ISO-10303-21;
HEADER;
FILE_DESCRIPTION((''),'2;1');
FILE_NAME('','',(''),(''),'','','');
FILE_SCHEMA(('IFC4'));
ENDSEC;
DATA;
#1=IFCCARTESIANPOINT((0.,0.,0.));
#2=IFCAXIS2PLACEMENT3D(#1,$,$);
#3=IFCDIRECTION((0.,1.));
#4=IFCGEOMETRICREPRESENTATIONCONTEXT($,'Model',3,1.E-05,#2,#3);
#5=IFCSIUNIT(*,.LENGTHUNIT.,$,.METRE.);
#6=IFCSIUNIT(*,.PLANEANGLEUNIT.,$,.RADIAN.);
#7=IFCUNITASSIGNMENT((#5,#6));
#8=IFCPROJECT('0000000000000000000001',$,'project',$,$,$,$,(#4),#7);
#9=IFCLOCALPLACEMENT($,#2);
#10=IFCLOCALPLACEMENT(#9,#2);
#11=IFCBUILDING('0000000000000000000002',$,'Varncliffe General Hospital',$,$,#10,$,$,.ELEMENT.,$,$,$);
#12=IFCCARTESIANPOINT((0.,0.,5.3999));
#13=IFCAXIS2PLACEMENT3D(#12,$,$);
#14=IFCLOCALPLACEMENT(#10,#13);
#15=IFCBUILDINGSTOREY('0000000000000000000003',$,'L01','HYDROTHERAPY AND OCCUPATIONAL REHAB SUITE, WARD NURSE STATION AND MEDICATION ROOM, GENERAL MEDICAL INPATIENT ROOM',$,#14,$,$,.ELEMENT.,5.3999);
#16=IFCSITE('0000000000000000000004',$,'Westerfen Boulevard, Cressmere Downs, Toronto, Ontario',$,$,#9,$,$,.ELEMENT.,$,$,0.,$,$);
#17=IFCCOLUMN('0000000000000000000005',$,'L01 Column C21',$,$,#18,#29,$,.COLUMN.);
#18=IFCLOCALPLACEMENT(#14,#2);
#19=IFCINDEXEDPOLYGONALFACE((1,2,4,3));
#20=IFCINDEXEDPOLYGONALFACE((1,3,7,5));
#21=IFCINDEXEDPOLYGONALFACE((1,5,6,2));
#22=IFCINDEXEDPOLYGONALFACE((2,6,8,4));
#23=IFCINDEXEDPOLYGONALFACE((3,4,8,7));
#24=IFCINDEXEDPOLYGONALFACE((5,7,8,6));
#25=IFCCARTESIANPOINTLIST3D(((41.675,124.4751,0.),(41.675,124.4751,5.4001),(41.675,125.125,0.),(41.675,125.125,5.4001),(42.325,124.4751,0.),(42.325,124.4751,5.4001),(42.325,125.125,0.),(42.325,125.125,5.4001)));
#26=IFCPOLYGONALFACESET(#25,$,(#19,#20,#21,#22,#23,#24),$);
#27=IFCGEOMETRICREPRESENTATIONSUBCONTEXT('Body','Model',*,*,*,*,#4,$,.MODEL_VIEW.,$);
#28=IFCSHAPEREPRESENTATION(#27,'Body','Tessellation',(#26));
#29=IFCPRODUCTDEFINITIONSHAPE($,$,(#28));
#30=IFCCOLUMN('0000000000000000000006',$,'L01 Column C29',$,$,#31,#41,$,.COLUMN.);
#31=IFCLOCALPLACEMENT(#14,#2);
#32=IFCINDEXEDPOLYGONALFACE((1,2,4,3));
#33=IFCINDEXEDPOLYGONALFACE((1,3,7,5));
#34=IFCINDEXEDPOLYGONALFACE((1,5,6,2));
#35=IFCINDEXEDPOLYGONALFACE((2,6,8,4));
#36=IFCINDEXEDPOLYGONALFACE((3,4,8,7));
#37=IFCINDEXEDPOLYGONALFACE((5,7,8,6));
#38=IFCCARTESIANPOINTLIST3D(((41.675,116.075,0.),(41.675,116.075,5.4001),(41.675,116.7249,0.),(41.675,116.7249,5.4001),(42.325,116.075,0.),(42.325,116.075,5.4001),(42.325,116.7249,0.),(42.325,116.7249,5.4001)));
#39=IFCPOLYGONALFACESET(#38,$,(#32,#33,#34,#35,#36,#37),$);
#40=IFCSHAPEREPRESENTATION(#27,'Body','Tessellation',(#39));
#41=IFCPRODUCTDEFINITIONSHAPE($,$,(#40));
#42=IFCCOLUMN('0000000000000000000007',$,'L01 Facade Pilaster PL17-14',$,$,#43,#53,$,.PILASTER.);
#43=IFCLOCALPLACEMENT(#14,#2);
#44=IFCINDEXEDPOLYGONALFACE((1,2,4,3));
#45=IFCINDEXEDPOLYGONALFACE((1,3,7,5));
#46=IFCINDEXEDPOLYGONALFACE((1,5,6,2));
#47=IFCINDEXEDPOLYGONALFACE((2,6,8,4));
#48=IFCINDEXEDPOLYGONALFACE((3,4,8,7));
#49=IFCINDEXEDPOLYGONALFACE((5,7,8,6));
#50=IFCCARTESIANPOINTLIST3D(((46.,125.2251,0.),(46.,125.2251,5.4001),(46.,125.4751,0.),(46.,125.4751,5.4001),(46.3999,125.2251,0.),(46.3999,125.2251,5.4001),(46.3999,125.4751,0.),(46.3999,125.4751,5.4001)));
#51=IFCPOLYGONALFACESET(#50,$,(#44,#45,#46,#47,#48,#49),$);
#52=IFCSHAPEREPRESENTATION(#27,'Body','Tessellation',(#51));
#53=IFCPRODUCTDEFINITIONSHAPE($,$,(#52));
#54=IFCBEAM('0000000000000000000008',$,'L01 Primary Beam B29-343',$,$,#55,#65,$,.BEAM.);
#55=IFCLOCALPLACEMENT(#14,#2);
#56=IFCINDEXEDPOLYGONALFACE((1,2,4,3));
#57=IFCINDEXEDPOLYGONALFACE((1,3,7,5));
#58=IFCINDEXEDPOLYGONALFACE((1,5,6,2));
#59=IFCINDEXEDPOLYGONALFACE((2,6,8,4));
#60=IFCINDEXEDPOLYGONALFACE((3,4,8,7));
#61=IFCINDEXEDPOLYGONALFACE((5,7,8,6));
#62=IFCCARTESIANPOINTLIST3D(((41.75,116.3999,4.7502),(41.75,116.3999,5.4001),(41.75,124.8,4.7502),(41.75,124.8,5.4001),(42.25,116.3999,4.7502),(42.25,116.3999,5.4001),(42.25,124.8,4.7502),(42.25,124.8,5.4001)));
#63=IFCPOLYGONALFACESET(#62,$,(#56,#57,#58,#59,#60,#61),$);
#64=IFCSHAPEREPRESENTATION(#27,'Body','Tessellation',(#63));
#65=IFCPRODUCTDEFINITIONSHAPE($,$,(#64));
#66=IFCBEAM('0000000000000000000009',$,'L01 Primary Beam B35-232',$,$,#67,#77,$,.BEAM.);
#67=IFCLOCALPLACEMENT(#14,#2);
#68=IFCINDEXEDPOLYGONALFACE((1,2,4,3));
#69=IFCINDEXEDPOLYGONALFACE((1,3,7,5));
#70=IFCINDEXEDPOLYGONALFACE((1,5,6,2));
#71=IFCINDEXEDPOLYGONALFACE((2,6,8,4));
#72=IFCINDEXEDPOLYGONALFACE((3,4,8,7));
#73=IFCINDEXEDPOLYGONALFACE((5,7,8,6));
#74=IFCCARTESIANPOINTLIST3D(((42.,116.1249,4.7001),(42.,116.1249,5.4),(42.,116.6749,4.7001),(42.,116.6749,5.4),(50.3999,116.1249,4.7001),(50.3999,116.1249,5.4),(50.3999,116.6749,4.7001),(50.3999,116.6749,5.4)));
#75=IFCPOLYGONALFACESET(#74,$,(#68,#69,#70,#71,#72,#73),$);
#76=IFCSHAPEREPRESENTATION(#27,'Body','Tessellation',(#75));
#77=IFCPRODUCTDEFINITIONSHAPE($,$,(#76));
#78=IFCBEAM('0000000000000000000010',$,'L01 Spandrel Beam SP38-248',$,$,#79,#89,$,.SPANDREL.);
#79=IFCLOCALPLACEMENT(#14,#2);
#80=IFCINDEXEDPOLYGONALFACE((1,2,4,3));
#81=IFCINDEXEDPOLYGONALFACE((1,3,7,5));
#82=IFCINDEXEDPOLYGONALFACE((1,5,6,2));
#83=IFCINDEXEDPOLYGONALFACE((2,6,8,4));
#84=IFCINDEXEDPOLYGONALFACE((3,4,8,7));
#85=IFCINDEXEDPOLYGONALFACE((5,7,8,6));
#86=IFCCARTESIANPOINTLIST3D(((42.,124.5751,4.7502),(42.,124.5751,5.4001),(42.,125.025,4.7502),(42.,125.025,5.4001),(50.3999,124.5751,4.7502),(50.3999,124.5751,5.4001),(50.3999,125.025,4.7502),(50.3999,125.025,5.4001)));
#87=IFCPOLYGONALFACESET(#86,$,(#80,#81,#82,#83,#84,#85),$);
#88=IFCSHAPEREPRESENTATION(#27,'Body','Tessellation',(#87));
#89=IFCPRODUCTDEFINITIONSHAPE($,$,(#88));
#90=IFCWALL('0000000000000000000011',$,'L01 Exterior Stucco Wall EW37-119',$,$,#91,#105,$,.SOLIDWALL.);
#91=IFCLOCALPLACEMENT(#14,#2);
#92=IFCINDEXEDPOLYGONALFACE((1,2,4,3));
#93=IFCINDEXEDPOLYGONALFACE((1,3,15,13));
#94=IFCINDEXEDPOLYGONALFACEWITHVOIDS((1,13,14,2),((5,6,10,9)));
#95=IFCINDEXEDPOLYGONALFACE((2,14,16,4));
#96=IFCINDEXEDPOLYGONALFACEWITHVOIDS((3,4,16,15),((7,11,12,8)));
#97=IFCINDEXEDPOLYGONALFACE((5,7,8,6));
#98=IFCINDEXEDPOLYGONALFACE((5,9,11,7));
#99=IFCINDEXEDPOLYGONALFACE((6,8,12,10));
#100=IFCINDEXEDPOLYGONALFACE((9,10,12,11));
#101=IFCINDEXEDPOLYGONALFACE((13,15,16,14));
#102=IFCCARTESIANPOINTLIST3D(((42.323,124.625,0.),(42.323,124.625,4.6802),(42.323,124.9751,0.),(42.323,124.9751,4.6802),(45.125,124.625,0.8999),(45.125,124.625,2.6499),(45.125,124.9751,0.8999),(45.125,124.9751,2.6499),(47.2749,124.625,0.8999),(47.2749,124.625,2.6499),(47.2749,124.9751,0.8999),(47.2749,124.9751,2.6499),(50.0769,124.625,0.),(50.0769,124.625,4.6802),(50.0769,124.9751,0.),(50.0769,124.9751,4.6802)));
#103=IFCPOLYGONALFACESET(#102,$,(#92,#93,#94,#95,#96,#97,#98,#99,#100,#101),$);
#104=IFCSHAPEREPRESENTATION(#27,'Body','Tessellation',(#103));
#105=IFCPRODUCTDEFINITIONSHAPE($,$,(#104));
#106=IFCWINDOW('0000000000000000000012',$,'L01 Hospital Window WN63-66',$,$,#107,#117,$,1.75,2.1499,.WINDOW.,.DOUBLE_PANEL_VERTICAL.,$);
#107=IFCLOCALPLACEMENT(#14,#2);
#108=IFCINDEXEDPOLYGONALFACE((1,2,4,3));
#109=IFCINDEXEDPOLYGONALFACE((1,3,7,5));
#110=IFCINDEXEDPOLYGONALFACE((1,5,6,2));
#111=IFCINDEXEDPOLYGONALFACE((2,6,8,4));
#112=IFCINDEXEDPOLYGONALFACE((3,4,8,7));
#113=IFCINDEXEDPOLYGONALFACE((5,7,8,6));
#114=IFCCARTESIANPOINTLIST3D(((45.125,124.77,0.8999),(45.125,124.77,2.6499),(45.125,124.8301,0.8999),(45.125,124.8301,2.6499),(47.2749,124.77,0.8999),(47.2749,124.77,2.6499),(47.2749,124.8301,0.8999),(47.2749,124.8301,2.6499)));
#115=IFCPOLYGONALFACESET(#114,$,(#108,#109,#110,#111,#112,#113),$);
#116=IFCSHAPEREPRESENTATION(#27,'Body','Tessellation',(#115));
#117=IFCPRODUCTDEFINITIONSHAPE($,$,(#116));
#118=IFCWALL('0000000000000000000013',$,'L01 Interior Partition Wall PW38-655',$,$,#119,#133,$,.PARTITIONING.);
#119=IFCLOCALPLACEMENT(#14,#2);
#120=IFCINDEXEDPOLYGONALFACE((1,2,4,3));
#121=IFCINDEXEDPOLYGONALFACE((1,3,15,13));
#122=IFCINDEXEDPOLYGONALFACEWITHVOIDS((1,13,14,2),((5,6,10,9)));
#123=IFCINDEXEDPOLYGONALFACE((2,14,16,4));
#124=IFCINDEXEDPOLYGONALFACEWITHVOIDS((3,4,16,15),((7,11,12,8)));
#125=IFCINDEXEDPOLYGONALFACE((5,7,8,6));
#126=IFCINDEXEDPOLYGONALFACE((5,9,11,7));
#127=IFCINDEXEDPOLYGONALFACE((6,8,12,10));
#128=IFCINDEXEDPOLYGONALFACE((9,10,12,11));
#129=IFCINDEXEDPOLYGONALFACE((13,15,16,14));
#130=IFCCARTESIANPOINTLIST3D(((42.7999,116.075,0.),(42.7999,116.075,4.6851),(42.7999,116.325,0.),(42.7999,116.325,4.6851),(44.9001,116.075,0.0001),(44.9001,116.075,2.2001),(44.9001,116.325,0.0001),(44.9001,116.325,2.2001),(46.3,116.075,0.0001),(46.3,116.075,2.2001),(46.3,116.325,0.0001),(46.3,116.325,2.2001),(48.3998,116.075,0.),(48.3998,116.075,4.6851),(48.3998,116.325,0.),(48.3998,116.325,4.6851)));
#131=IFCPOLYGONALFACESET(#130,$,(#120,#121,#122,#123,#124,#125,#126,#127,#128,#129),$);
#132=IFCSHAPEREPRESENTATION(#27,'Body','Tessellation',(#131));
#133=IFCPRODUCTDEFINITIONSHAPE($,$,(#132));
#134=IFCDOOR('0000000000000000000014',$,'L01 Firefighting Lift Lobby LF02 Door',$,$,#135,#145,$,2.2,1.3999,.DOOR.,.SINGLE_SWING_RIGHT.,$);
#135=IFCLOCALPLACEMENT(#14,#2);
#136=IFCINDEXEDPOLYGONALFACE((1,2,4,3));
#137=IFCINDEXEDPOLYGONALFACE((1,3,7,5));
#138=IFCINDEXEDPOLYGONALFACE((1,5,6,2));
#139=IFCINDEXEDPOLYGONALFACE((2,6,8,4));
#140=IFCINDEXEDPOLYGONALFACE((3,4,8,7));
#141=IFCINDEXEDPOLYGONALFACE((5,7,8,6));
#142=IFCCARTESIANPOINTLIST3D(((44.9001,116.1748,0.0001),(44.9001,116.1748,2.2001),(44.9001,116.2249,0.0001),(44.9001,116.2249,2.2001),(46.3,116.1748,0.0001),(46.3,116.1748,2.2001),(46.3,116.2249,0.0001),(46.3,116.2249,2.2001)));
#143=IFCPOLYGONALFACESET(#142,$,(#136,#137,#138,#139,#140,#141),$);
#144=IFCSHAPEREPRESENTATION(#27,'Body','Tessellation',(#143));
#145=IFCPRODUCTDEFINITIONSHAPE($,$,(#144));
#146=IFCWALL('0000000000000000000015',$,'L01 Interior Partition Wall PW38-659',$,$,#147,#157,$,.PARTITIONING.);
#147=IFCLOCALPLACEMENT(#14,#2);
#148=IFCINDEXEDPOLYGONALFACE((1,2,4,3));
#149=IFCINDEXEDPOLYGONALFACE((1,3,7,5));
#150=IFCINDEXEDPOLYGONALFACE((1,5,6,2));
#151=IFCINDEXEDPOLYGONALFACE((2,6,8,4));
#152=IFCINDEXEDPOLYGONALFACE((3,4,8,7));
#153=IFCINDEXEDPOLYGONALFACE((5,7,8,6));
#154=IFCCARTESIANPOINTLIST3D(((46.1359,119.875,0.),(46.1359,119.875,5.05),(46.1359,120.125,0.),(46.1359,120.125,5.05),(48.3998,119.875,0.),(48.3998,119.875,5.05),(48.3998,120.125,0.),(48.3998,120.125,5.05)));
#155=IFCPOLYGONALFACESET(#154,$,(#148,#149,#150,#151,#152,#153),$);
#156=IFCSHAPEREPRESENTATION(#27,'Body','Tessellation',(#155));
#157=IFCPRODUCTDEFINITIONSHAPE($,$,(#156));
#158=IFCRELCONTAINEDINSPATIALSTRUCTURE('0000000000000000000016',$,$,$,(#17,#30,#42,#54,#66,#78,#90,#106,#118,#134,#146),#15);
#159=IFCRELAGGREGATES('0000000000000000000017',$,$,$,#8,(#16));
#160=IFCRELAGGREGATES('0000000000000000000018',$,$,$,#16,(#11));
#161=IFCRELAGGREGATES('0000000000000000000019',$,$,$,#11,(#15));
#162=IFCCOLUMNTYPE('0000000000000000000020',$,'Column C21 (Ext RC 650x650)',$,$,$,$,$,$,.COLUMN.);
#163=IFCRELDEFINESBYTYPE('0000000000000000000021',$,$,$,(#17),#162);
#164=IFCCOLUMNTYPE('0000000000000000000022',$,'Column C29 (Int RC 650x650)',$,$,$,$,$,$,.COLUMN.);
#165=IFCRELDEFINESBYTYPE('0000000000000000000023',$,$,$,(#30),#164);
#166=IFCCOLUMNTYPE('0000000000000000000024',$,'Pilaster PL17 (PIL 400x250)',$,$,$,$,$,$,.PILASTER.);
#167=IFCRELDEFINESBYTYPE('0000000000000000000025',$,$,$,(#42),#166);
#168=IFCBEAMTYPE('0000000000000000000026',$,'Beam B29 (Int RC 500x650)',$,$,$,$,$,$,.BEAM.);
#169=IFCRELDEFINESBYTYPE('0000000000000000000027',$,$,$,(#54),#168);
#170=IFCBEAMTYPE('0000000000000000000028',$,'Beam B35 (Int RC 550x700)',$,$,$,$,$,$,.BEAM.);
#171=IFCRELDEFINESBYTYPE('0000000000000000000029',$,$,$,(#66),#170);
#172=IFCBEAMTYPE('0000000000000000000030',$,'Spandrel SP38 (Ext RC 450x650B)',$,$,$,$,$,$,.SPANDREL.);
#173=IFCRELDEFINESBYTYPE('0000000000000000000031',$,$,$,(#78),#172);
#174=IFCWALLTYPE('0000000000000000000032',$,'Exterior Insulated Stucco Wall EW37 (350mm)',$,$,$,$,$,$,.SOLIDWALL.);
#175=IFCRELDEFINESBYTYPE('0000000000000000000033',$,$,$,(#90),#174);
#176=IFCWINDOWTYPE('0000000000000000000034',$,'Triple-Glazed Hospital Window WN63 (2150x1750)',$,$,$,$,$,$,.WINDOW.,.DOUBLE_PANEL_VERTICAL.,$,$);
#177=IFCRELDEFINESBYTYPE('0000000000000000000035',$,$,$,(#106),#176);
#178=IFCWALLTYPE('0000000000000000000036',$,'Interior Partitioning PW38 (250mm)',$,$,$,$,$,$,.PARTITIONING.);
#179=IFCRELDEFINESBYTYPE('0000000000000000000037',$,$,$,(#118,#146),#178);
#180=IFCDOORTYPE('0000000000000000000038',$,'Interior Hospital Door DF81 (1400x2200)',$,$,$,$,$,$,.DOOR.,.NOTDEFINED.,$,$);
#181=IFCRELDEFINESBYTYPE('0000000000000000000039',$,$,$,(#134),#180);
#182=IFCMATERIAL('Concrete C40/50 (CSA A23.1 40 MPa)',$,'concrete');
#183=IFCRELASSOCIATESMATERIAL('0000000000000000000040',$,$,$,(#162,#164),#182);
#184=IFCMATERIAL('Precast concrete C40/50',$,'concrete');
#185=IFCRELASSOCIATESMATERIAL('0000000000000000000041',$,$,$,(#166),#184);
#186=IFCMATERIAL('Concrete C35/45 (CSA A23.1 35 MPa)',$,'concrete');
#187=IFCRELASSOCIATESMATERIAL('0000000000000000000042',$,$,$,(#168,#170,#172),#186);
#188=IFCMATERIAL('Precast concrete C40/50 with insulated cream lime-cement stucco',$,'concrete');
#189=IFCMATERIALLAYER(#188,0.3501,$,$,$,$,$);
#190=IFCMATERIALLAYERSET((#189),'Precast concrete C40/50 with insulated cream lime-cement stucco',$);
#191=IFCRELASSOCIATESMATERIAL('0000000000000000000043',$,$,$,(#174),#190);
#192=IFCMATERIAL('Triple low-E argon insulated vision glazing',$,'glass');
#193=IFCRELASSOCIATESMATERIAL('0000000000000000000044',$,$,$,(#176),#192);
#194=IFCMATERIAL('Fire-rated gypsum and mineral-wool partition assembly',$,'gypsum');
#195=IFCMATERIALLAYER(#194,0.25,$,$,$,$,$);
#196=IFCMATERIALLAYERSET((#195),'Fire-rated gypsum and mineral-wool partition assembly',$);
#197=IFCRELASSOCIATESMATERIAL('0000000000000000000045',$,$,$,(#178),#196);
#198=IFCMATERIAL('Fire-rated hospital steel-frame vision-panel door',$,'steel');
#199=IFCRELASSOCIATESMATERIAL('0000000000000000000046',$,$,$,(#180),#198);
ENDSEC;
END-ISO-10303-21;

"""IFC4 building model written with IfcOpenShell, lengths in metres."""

from ifc_helpers import new_model, si_unit, direction, frame, frame_2d, origin, origin_2d, place, context, subcontext, project, spatial, rectangle, extrude, material, layer, layer_set, material_profile, profile_set, type_object, element, fill, save


model = new_model("IFC4")

# Units and contexts
model_context = context("Model", 3, precision=1e-05, world=origin(), true_north=direction((0.0, 1.0)))
body_context = subcontext(model_context, "Body", "Model", "MODEL_VIEW")
ifc_project = project(units=[si_unit("LENGTHUNIT", "METRE"), si_unit("PLANEANGLEUNIT", "RADIAN")], contexts=[model_context])

# Site, building, storey
site_placement = place(None, origin())
site = spatial("IfcSite", under=ifc_project, at=site_placement, Name="Westerfen Boulevard, Cressmere Downs, Toronto, Ontario", CompositionType="ELEMENT", RefElevation=0.0)
building_placement = place(site_placement, origin())
building = spatial("IfcBuilding", under=site, at=building_placement, Name="Varncliffe General Hospital", CompositionType="ELEMENT")
storey_placement = place(building_placement, frame((0.0, 0.0, 5.3999)))
storey = spatial("IfcBuildingStorey", under=building, at=storey_placement, Name="L01", Description="HYDROTHERAPY AND OCCUPATIONAL REHAB SUITE, WARD NURSE STATION AND MEDICATION ROOM, GENERAL MEDICAL INPATIENT ROOM", CompositionType="ELEMENT", Elevation=5.3999)

# Columns
ifc_material_1 = material(Name="Concrete C40/50 (CSA A23.1 40 MPa)", Category="concrete")
ifc_material_profile_1 = material_profile(ifc_material_1, rectangle(XDim=0.6499, YDim=0.6499, at=origin_2d()), Name="RC 650x650")
ifc_profile_set_1 = profile_set([ifc_material_profile_1], Name="Concrete C40/50 (CSA A23.1 40 MPa)")
column_type_1 = type_object("IfcColumnType", Name="Column C21 (Ext RC 650x650)", PredefinedType="COLUMN", material=ifc_profile_set_1)
column_1_placement = place(storey_placement, frame((42.0, 124.8, 0.0), z_axis=(0.0, 0.0, 1.0), x_axis=(1.0, 0.0, 0.0)))
element("IfcColumn", 1, at=column_1_placement, inside=storey, type_object=column_type_1, Name="L01 Column C21", PredefinedType="COLUMN", context=body_context, shape_type="SweptSolid", body=[
    extrude(rectangle(XDim=0.6499, YDim=0.6499, at=origin_2d()), origin(), (0.0, 0.0, 1.0), 5.4001),
])
ifc_material_profile_2 = material_profile(ifc_material_1, rectangle(XDim=0.6499, YDim=0.6499, at=origin_2d()), Name="RC 650x650")
ifc_profile_set_2 = profile_set([ifc_material_profile_2], Name="Concrete C40/50 (CSA A23.1 40 MPa)")
column_type_2 = type_object("IfcColumnType", Name="Column C29 (Int RC 650x650)", PredefinedType="COLUMN", material=ifc_profile_set_2)
column_2_placement = place(storey_placement, frame((42.0, 116.3999, 0.0), z_axis=(0.0, 0.0, 1.0), x_axis=(1.0, 0.0, 0.0)))
element("IfcColumn", 2, at=column_2_placement, inside=storey, type_object=column_type_2, Name="L01 Column C29", PredefinedType="COLUMN", context=body_context, shape_type="SweptSolid", body=[
    extrude(rectangle(XDim=0.6499, YDim=0.6499, at=origin_2d()), origin(), (0.0, 0.0, 1.0), 5.4001),
])
ifc_material_2 = material(Name="Precast concrete C40/50", Category="concrete")
ifc_material_profile_3 = material_profile(ifc_material_2, rectangle(XDim=0.3999, YDim=0.25, at=origin_2d()), Name="PIL 400x250")
ifc_profile_set_3 = profile_set([ifc_material_profile_3], Name="Precast concrete C40/50")
column_type_3 = type_object("IfcColumnType", Name="Pilaster PL17 (PIL 400x250)", PredefinedType="PILASTER", material=ifc_profile_set_3)
column_3_placement = place(storey_placement, frame((46.2, 125.3501, 0.0), z_axis=(0.0, 0.0, 1.0), x_axis=(1.0, 0.0, 0.0)))
element("IfcColumn", 3, at=column_3_placement, inside=storey, type_object=column_type_3, Name="L01 Facade Pilaster PL17-14", PredefinedType="PILASTER", context=body_context, shape_type="SweptSolid", body=[
    extrude(rectangle(XDim=0.3999, YDim=0.25, at=origin_2d()), origin(), (0.0, 0.0, 1.0), 5.4001),
])

# Beams
ifc_material_3 = material(Name="Concrete C35/45 (CSA A23.1 35 MPa)", Category="concrete")
ifc_material_profile_4 = material_profile(ifc_material_3, rectangle(XDim=0.5, YDim=0.6499, at=origin_2d()), Name="RC 500x650")
ifc_profile_set_4 = profile_set([ifc_material_profile_4], Name="Concrete C35/45 (CSA A23.1 35 MPa)")
beam_type_1 = type_object("IfcBeamType", Name="Beam B29 (Int RC 500x650)", PredefinedType="BEAM", material=ifc_profile_set_4)
beam_1_placement = place(storey_placement, frame((42.0, 116.3999, 5.0752), z_axis=(0.0, 1.0, 0.0), x_axis=(-1.0, 0.0, 0.0)))
element("IfcBeam", 4, at=beam_1_placement, inside=storey, type_object=beam_type_1, Name="L01 Primary Beam B29-343", PredefinedType="BEAM", context=body_context, shape_type="SweptSolid", body=[
    extrude(rectangle(XDim=0.5, YDim=0.6499, at=origin_2d()), origin(), (0.0, 0.0, 1.0), 8.4001),
])
ifc_material_profile_5 = material_profile(ifc_material_3, rectangle(XDim=0.55, YDim=0.7, at=origin_2d()), Name="RC 550x700")
ifc_profile_set_5 = profile_set([ifc_material_profile_5], Name="Concrete C35/45 (CSA A23.1 35 MPa)")
beam_type_2 = type_object("IfcBeamType", Name="Beam B35 (Int RC 550x700)", PredefinedType="BEAM", material=ifc_profile_set_5)
beam_2_placement = place(storey_placement, frame((42.0, 116.3999, 5.05), z_axis=(1.0, 0.0, 0.0), x_axis=(0.0, 1.0, 0.0)))
element("IfcBeam", 5, at=beam_2_placement, inside=storey, type_object=beam_type_2, Name="L01 Primary Beam B35-232", PredefinedType="BEAM", context=body_context, shape_type="SweptSolid", body=[
    extrude(rectangle(XDim=0.55, YDim=0.7, at=origin_2d()), origin(), (0.0, 0.0, 1.0), 8.3999),
])
ifc_material_profile_6 = material_profile(ifc_material_3, rectangle(XDim=0.45, YDim=0.6499, at=origin_2d()), Name="RC 450x650")
ifc_profile_set_6 = profile_set([ifc_material_profile_6], Name="Concrete C35/45 (CSA A23.1 35 MPa)")
beam_type_3 = type_object("IfcBeamType", Name="Spandrel SP38 (Ext RC 450x650B)", PredefinedType="SPANDREL", material=ifc_profile_set_6)
beam_3_placement = place(storey_placement, frame((42.0, 124.8, 5.0752), z_axis=(1.0, 0.0, 0.0), x_axis=(0.0, 1.0, 0.0)))
element("IfcBeam", 6, at=beam_3_placement, inside=storey, type_object=beam_type_3, Name="L01 Spandrel Beam SP38-248", PredefinedType="SPANDREL", context=body_context, shape_type="SweptSolid", body=[
    extrude(rectangle(XDim=0.45, YDim=0.6499, at=origin_2d()), origin(), (0.0, 0.0, 1.0), 8.3999),
])

# Wall, opening, window
ifc_material_4 = material(Name="Precast concrete C40/50 with insulated cream lime-cement stucco", Category="concrete")
ifc_layer_1 = layer(ifc_material_4, 0.3501)
ifc_layer_set_1 = layer_set([ifc_layer_1], Name="Precast concrete C40/50 with insulated cream lime-cement stucco")
wall_type_1 = type_object("IfcWallType", Name="Exterior Insulated Stucco Wall EW37 (350mm)", PredefinedType="SOLIDWALL", material=ifc_layer_set_1)
wall_1_placement = place(storey_placement, frame((42.323, 124.8, 0.0), z_axis=(0.0, 0.0, 1.0), x_axis=(1.0, 0.0, 0.0)))
wall_1 = element("IfcWall", 7, at=wall_1_placement, inside=storey, type_object=wall_type_1, Name="L01 Exterior Stucco Wall EW37-119", PredefinedType="SOLIDWALL", context=body_context, shape_type="SweptSolid", body=[
    extrude(rectangle(XDim=7.7539, YDim=0.3501, at=frame_2d((3.877, 0.0))), origin(), (0.0, 0.0, 1.0), 4.6802),
])
opening_1_placement = place(wall_1_placement, frame((2.802, 0.0, 0.8999)))
opening_1 = element("IfcOpeningElement", 8, at=opening_1_placement, cuts=wall_1, PredefinedType="OPENING", context=body_context, shape_type="SweptSolid", body=[
    extrude(rectangle(XDim=2.1499, YDim=1.75, at=frame_2d((1.075, 0.875))), frame((0.0, 0.1851, 0.0), z_axis=(0.0, -1.0, 0.0), x_axis=(1.0, 0.0, 0.0)), (0.0, 0.0, 1.0), 0.3701),
])
ifc_material_5 = material(Name="Triple low-E argon insulated vision glazing", Category="glass")
window_type = type_object("IfcWindowType", Name="Triple-Glazed Hospital Window WN63 (2150x1750)", PartitioningType="DOUBLE_PANEL_VERTICAL", PredefinedType="WINDOW", material=ifc_material_5)
window_placement = place(opening_1_placement, origin())
window = element("IfcWindow", 9, at=window_placement, inside=storey, type_object=window_type, Name="L01 Hospital Window WN63-66", OverallHeight=1.75, OverallWidth=2.1499, PartitioningType="DOUBLE_PANEL_VERTICAL", PredefinedType="WINDOW", context=body_context, shape_type="SweptSolid", body=[
    extrude(rectangle(XDim=2.1499, YDim=1.75, at=frame_2d((1.075, 0.875))), frame((0.0, 0.03, 0.0), z_axis=(0.0, -1.0, 0.0), x_axis=(1.0, 0.0, 0.0)), (0.0, 0.0, 1.0), 0.0601),
])
fill(opening_1, window)

# Wall, opening, door
ifc_material_6 = material(Name="Fire-rated gypsum and mineral-wool partition assembly", Category="gypsum")
ifc_layer_2 = layer(ifc_material_6, 0.25)
ifc_layer_set_2 = layer_set([ifc_layer_2], Name="Fire-rated gypsum and mineral-wool partition assembly")
wall_type_2 = type_object("IfcWallType", Name="Interior Partitioning PW38 (250mm)", PredefinedType="PARTITIONING", material=ifc_layer_set_2)
wall_2_placement = place(storey_placement, frame((42.8, 116.2, 0.0), z_axis=(0.0, 0.0, 1.0), x_axis=(1.0, 0.0, 0.0)))
wall_2 = element("IfcWall", 10, at=wall_2_placement, inside=storey, type_object=wall_type_2, Name="L01 Interior Partition Wall PW38-655", PredefinedType="PARTITIONING", context=body_context, shape_type="SweptSolid", body=[
    extrude(rectangle(XDim=5.5999, YDim=0.25, at=frame_2d((2.7998, 0.0))), origin(), (0.0, 0.0, 1.0), 4.6851),
])
opening_2_placement = place(wall_2_placement, frame((2.1001, 0.0, 0.0)))
opening_2 = element("IfcOpeningElement", 11, at=opening_2_placement, cuts=wall_2, PredefinedType="OPENING", context=body_context, shape_type="SweptSolid", body=[
    extrude(rectangle(XDim=1.3999, YDim=2.2, at=frame_2d((0.7, 1.1001))), frame((0.0, 0.135, 0.0), z_axis=(0.0, -1.0, 0.0), x_axis=(1.0, 0.0, 0.0)), (0.0, 0.0, 1.0), 0.27),
])
ifc_material_7 = material(Name="Fire-rated hospital steel-frame vision-panel door", Category="steel")
door_type_1 = type_object("IfcDoorType", Name="Interior Hospital Door DF81 (1400x2200)", OperationType="NOTDEFINED", PredefinedType="DOOR", material=ifc_material_7)
door_1_placement = place(opening_2_placement, origin())
door_1 = element("IfcDoor", 12, at=door_1_placement, inside=storey, type_object=door_type_1, Name="L01 Firefighting Lift Lobby LF02 Door", OperationType="SINGLE_SWING_RIGHT", OverallHeight=2.2, OverallWidth=1.3999, PredefinedType="DOOR", context=body_context, shape_type="SweptSolid", body=[
    extrude(rectangle(XDim=1.3999, YDim=2.2, at=frame_2d((0.7, 1.1001))), frame((0.0, 0.0249, 0.0), z_axis=(0.0, -1.0, 0.0), x_axis=(1.0, 0.0, 0.0)), (0.0, 0.0, 1.0), 0.05),
])
fill(opening_2, door_1)

# Wall
wall_3_placement = place(storey_placement, frame((46.136, 120.0, 0.0), z_axis=(0.0, 0.0, 1.0), x_axis=(1.0, 0.0, 0.0)))
element("IfcWall", 13, at=wall_3_placement, inside=storey, type_object=wall_type_2, Name="L01 Interior Partition Wall PW38-659", PredefinedType="PARTITIONING", context=body_context, shape_type="SweptSolid", body=[
    extrude(rectangle(XDim=2.2639, YDim=0.25, at=frame_2d((1.1318, 0.0))), origin(), (0.0, 0.0, 1.0), 5.05),
])

save(model, "model.ifc")
